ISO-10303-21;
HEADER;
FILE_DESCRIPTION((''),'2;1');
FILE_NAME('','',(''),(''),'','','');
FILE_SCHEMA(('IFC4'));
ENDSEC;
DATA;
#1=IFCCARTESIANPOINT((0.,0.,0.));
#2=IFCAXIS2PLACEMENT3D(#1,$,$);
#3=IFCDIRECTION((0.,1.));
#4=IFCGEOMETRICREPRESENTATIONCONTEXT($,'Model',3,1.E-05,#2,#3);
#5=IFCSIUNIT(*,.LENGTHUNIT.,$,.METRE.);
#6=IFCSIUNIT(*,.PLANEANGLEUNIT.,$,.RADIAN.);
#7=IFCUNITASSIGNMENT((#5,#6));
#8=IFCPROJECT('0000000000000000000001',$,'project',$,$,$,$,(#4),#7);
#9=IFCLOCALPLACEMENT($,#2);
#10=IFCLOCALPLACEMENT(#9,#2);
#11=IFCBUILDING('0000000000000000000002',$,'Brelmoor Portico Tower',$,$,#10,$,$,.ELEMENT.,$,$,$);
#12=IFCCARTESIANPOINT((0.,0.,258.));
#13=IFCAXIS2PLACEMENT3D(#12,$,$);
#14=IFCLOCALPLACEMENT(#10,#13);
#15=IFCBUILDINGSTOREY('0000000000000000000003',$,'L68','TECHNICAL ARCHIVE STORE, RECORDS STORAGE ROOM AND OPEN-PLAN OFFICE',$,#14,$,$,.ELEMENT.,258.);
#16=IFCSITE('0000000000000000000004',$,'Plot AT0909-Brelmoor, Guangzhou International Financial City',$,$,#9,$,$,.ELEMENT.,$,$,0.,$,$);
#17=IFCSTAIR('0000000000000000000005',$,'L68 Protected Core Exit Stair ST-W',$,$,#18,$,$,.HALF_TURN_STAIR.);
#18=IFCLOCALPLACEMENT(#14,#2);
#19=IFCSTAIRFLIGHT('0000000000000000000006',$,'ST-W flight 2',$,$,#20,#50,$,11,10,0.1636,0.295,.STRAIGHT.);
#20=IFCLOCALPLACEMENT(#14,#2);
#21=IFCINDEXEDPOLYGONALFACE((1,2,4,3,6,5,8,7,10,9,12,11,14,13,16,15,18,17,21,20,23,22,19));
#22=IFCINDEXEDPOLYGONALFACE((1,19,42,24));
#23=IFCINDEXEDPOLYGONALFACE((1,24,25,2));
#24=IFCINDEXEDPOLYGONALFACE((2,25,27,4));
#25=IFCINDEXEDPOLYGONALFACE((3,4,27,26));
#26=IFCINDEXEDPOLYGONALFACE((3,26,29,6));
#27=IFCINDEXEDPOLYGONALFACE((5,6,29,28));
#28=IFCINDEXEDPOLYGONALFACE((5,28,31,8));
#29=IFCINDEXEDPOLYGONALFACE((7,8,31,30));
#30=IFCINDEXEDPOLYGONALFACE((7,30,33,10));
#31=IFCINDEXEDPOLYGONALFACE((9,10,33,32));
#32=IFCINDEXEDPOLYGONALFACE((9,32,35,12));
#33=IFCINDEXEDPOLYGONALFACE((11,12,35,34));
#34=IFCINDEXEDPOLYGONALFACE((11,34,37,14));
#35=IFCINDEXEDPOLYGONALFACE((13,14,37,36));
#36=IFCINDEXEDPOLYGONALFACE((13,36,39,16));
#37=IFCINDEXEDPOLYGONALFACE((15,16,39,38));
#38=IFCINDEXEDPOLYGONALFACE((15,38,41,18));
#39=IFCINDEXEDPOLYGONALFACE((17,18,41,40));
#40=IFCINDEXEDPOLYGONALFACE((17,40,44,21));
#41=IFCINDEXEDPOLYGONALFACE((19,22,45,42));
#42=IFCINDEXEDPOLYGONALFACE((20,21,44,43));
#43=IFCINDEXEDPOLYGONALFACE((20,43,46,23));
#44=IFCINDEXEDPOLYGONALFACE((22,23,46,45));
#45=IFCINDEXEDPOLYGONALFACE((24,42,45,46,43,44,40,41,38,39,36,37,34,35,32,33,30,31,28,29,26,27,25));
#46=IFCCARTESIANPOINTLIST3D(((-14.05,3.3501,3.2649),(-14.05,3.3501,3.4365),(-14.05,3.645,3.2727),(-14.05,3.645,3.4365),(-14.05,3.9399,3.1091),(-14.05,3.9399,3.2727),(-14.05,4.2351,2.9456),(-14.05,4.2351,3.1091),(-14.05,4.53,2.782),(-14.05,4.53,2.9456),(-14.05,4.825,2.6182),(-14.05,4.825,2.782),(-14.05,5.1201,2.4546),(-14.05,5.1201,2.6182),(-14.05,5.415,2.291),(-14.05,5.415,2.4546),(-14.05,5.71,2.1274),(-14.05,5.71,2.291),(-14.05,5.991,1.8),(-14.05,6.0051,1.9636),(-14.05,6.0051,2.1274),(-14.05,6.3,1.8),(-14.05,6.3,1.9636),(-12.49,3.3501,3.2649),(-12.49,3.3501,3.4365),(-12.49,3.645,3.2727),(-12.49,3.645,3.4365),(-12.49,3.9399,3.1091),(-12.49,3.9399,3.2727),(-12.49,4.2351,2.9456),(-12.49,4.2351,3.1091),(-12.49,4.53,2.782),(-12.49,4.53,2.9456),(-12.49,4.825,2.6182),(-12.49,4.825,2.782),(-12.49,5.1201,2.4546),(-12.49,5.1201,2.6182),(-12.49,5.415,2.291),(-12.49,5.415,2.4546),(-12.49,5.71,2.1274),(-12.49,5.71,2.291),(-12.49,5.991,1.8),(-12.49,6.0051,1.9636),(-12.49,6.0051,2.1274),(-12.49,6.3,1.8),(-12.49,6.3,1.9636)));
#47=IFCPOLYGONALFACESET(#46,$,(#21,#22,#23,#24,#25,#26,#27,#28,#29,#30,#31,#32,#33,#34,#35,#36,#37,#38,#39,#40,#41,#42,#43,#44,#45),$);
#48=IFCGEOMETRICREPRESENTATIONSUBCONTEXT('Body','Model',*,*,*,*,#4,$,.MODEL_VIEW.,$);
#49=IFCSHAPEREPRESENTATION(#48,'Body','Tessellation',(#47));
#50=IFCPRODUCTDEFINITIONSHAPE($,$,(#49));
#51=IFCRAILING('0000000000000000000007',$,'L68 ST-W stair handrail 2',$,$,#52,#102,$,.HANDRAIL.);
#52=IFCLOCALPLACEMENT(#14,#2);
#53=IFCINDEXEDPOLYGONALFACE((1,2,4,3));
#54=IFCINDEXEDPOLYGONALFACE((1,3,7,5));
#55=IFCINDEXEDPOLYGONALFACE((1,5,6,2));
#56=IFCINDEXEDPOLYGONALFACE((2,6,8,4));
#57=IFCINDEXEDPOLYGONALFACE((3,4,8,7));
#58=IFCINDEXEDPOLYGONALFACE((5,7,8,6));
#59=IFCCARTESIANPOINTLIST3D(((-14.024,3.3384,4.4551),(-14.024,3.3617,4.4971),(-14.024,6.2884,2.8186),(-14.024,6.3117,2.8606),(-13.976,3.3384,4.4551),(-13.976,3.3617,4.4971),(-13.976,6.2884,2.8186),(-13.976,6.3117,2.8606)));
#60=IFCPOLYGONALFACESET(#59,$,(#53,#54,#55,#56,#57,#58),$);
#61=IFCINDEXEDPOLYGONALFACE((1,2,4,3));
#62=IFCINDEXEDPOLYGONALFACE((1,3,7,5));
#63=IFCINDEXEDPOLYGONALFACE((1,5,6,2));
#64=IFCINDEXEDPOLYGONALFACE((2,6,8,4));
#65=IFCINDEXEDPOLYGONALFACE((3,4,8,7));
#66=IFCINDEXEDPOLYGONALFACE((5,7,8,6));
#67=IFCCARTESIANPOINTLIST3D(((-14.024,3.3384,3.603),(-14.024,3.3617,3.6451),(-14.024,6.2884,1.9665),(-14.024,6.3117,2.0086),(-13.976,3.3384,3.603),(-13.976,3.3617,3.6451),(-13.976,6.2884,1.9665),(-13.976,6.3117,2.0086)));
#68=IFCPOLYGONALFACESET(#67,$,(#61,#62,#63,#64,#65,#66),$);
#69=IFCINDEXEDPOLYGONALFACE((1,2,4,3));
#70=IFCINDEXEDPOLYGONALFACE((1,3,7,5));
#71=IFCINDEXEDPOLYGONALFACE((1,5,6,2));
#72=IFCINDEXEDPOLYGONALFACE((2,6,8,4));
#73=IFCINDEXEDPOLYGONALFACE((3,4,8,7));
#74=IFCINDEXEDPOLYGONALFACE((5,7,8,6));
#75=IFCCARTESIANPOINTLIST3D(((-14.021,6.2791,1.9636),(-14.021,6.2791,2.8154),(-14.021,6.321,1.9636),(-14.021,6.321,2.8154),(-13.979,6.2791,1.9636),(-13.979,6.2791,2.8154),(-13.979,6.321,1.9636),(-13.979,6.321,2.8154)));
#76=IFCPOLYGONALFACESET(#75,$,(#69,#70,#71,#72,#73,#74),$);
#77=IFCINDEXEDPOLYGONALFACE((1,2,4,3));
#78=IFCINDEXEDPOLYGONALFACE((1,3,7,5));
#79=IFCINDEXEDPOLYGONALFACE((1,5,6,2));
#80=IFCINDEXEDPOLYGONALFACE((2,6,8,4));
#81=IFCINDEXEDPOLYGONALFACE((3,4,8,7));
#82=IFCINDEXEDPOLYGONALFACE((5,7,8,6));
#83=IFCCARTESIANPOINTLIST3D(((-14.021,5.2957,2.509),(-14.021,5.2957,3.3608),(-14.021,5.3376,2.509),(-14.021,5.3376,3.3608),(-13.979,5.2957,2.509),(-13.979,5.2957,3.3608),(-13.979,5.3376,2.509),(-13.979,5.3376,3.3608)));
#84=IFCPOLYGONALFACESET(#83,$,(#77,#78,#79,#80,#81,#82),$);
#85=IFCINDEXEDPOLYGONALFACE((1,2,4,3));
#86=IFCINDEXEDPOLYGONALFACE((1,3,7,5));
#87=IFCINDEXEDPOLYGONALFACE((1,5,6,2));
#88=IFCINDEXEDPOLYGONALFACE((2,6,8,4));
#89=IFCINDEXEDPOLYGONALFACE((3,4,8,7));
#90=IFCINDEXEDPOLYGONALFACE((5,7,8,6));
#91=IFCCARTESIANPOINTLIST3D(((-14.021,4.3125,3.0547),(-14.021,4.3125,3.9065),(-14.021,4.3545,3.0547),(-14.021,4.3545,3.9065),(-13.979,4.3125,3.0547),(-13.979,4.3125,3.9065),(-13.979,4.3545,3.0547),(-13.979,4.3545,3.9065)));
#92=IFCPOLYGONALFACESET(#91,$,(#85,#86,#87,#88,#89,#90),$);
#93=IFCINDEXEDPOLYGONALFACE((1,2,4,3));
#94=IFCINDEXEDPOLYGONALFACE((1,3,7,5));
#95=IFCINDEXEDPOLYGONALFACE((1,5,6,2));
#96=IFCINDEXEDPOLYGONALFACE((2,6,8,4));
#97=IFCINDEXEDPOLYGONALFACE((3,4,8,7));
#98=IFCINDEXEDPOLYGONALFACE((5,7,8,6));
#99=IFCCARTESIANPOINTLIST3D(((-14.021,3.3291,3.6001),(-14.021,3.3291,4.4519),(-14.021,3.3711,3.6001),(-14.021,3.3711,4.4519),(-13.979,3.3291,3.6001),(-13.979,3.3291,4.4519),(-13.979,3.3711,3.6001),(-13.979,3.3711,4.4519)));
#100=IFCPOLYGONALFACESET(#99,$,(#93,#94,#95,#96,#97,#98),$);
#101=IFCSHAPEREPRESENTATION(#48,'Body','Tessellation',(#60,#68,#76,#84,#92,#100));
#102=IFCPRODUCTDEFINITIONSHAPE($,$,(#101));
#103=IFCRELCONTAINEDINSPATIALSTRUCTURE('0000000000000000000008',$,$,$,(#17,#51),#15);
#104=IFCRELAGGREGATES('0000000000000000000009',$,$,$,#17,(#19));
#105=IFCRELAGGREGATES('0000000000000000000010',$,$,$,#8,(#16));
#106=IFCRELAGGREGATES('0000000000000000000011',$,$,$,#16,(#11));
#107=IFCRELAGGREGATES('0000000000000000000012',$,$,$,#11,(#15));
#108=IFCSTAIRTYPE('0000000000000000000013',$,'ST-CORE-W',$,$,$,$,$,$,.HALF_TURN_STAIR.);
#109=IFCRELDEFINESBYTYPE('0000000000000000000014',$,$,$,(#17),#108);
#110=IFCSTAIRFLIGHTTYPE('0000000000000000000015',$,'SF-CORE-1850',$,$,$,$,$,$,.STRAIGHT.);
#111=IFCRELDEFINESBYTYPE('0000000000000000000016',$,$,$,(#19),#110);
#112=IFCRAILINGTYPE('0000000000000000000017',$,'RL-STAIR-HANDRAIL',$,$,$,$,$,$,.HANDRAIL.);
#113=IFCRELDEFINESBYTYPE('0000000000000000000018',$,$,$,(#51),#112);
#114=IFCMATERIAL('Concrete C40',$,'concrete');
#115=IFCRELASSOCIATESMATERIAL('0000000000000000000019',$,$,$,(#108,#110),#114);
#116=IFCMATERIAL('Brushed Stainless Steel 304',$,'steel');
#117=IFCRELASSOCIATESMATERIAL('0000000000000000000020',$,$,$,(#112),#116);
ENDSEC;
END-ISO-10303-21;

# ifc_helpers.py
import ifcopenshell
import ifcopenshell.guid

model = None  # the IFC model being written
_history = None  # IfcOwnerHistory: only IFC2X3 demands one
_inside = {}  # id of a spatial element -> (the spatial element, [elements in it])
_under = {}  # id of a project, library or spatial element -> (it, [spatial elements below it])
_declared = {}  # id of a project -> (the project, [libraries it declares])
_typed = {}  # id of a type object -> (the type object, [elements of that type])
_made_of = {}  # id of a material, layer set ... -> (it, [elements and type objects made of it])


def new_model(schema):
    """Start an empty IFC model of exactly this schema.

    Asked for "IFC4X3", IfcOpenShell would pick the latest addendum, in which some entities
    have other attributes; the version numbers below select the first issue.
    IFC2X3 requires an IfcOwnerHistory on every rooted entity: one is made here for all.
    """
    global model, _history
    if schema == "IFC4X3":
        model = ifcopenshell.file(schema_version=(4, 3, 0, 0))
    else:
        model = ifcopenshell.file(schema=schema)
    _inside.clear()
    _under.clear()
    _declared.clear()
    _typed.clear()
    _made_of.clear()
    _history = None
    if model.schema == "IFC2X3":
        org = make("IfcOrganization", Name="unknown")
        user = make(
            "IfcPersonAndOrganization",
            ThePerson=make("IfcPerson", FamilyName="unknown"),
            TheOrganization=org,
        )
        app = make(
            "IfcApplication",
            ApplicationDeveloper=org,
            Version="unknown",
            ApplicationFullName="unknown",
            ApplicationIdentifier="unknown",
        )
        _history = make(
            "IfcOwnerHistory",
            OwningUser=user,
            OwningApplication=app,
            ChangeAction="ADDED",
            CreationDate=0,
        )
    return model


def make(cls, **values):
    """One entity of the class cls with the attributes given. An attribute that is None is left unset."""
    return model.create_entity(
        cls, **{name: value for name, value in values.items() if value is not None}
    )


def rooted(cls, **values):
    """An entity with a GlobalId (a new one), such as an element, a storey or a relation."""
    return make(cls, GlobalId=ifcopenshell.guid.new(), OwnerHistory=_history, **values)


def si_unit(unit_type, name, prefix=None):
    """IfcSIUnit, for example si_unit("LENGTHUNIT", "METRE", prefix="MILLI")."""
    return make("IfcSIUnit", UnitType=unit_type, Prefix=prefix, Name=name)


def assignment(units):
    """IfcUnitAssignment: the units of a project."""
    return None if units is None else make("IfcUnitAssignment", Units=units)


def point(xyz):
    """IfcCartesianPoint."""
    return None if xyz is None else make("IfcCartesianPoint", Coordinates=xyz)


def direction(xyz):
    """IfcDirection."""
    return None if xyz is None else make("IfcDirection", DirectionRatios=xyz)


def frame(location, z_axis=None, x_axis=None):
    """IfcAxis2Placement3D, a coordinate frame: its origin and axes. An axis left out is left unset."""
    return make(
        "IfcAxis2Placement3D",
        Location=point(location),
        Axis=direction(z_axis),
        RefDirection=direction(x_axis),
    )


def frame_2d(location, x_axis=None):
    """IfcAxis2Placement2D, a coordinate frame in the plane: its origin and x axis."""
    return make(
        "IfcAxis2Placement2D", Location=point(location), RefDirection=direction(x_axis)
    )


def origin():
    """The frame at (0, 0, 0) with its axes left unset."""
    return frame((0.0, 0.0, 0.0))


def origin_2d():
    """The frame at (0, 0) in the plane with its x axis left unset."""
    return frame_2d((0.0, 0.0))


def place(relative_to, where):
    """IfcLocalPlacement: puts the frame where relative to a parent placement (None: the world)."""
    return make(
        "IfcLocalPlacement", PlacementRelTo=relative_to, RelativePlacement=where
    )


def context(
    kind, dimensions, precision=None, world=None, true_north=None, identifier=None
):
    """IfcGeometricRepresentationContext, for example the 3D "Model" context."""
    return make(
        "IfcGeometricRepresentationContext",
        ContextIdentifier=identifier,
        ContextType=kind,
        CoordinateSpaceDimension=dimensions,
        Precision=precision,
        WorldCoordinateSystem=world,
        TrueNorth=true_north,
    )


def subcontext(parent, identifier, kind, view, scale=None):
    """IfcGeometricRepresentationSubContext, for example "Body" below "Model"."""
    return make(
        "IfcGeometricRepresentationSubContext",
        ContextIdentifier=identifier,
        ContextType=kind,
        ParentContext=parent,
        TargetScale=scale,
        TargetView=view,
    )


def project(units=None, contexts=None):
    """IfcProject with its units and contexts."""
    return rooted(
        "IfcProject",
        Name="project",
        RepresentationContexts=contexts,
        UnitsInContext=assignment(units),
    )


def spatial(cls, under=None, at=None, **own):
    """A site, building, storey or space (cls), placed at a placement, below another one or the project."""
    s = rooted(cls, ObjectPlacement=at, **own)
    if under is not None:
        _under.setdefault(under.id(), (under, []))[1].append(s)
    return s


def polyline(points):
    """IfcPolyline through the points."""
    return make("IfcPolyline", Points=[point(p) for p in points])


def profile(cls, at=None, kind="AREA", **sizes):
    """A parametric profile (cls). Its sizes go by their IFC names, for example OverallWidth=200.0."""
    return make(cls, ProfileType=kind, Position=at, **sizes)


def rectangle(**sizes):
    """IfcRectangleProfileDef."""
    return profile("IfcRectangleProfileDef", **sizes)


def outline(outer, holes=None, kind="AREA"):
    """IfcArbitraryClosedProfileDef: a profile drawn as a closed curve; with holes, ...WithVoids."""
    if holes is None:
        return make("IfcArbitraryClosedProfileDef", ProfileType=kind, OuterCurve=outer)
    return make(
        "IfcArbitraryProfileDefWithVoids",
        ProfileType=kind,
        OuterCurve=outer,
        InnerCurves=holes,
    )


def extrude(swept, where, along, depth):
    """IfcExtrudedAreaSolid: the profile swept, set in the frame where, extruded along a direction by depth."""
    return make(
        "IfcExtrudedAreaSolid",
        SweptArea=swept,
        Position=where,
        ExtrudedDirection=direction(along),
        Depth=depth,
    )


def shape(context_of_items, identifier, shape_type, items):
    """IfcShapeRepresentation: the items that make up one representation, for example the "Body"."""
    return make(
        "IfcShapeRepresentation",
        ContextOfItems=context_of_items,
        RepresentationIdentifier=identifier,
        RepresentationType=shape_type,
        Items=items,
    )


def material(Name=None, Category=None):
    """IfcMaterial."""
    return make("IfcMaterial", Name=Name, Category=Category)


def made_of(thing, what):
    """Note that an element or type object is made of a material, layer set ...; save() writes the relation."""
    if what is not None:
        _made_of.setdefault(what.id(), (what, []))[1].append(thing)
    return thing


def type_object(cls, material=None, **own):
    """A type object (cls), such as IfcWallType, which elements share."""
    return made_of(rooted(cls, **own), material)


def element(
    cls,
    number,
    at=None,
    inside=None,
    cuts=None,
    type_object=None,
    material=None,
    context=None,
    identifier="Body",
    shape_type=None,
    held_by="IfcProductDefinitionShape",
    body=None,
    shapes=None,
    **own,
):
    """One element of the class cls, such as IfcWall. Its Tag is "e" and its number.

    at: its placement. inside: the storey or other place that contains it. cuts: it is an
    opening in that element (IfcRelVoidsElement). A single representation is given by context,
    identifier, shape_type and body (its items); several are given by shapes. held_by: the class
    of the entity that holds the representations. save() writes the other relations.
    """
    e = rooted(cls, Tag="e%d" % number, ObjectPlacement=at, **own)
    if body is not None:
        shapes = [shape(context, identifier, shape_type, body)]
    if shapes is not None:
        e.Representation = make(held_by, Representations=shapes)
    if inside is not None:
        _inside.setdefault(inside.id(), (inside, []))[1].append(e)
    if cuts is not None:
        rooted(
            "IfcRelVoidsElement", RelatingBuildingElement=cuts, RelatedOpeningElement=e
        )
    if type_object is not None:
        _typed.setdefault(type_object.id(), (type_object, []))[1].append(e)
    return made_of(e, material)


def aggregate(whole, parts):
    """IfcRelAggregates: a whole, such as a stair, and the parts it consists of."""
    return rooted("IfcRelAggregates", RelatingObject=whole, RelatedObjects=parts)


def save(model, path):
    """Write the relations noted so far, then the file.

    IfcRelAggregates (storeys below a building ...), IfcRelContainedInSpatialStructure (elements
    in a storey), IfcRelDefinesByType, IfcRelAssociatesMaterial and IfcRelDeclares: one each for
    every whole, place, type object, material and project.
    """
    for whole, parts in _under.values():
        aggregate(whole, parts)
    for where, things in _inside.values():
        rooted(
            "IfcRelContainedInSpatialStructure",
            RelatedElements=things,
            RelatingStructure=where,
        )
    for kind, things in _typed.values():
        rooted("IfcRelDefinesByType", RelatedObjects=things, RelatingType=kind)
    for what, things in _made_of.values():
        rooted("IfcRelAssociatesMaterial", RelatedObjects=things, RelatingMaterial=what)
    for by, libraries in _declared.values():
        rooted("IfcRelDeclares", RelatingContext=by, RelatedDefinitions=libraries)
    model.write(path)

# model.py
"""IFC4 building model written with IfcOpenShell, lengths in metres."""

from ifc_helpers import new_model, si_unit, direction, frame, origin, origin_2d, place, context, subcontext, project, spatial, polyline, rectangle, outline, extrude, material, type_object, element, aggregate, save


model = new_model("IFC4")

# Units and contexts
model_context = context("Model", 3, precision=1e-05, world=origin(), true_north=direction((0.0, 1.0)))
body_context = subcontext(model_context, "Body", "Model", "MODEL_VIEW")
ifc_project = project(units=[si_unit("LENGTHUNIT", "METRE"), si_unit("PLANEANGLEUNIT", "RADIAN")], contexts=[model_context])

# Site, building, storey
site_placement = place(None, origin())
site = spatial("IfcSite", under=ifc_project, at=site_placement, Name="Plot AT0909-Brelmoor, Guangzhou International Financial City", CompositionType="ELEMENT", RefElevation=0.0)
building_placement = place(site_placement, origin())
building = spatial("IfcBuilding", under=site, at=building_placement, Name="Brelmoor Portico Tower", CompositionType="ELEMENT")
storey_placement = place(building_placement, frame((0.0, 0.0, 258.0)))
storey = spatial("IfcBuildingStorey", under=building, at=storey_placement, Name="L68", Description="TECHNICAL ARCHIVE STORE, RECORDS STORAGE ROOM AND OPEN-PLAN OFFICE", CompositionType="ELEMENT", Elevation=258.0)

# Shared definitions
ifc_material_1 = material(Name="Concrete C40", Category="concrete")

# Stair, stair flight
stair_type = type_object("IfcStairType", Name="ST-CORE-W", PredefinedType="HALF_TURN_STAIR", material=ifc_material_1)
stair_placement = place(storey_placement, origin())
stair = element("IfcStair", 1, at=stair_placement, inside=storey, type_object=stair_type, Name="L68 Protected Core Exit Stair ST-W", PredefinedType="HALF_TURN_STAIR")
stair_flight_type = type_object("IfcStairFlightType", Name="SF-CORE-1850", PredefinedType="STRAIGHT", material=ifc_material_1)
stair_flight_placement = place(storey_placement, frame((-13.27, 6.3, 1.8), z_axis=(0.0, 0.0, 1.0), x_axis=(0.0, -1.0, 0.0)))
stair_flight = element("IfcStairFlight", 2, at=stair_flight_placement, type_object=stair_flight_type, Name="ST-W flight 2", NumberOfRisers=11, NumberOfTreads=10, PredefinedType="STRAIGHT", RiserHeight=0.1636, TreadLength=0.295, context=body_context, shape_type="SweptSolid", body=[
    extrude(outline(polyline([(0.0, 0.0), (0.0, 0.1636), (0.2949, 0.1636), (0.2949, 0.3274), (0.5901, 0.3274), (0.5901, 0.491), (0.885, 0.491), (0.885, 0.6545), (1.1799, 0.6545), (1.1799, 0.8181), (1.4751, 0.8181), (1.4751, 0.9819), (1.77, 0.9819), (1.77, 1.1455), (2.0649, 1.1455), (2.0649, 1.3091), (2.3601, 1.3091), (2.3601, 1.4727), (2.655, 1.4727), (2.655, 1.6365), (2.95, 1.6365), (2.95, 1.8), (2.95, 1.4648), (0.3091, 0.0), (0.0, 0.0)])), frame((0.0, 0.78, 0.0), z_axis=(0.0, -1.0, 0.0), x_axis=(1.0, 0.0, 0.0)), (0.0, 0.0, 1.0), 1.5601),
])
aggregate(stair, [stair_flight])

# Railing
ifc_material_2 = material(Name="Brushed Stainless Steel 304", Category="steel")
railing_type = type_object("IfcRailingType", Name="RL-STAIR-HANDRAIL", PredefinedType="HANDRAIL", material=ifc_material_2)
railing_placement = place(storey_placement, frame((-14.0, 6.3, 1.9636)))
element("IfcRailing", 3, at=railing_placement, inside=storey, type_object=railing_type, Name="L68 ST-W stair handrail 2", PredefinedType="HANDRAIL", context=body_context, shape_type="SweptSolid", body=[
    extrude(rectangle(XDim=0.0481, YDim=0.0481, at=origin_2d()), frame((0.0, 0.0, 0.876), z_axis=(0.0, -0.874458, 0.485102), x_axis=(1.0, 0.0, 0.0)), (0.0, 0.0, 1.0), 3.3735),
    extrude(rectangle(XDim=0.0481, YDim=0.0481, at=origin_2d()), frame((0.0, 0.0, 0.0239), z_axis=(0.0, -0.874458, 0.485102), x_axis=(1.0, 0.0, 0.0)), (0.0, 0.0, 1.0), 3.3735),
    extrude(rectangle(XDim=0.042, YDim=0.042, at=origin_2d()), origin(), (0.0, 0.0, 1.0), 0.8518),
    extrude(rectangle(XDim=0.042, YDim=0.042, at=origin_2d()), frame((0.0, -0.9834, 0.5454)), (0.0, 0.0, 1.0), 0.8518),
    extrude(rectangle(XDim=0.042, YDim=0.042, at=origin_2d()), frame((0.0, -1.9666, 1.0911)), (0.0, 0.0, 1.0), 0.8518),
    extrude(rectangle(XDim=0.042, YDim=0.042, at=origin_2d()), frame((0.0, -2.95, 1.6365)), (0.0, 0.0, 1.0), 0.8518),
])

save(model, "model.ifc")
